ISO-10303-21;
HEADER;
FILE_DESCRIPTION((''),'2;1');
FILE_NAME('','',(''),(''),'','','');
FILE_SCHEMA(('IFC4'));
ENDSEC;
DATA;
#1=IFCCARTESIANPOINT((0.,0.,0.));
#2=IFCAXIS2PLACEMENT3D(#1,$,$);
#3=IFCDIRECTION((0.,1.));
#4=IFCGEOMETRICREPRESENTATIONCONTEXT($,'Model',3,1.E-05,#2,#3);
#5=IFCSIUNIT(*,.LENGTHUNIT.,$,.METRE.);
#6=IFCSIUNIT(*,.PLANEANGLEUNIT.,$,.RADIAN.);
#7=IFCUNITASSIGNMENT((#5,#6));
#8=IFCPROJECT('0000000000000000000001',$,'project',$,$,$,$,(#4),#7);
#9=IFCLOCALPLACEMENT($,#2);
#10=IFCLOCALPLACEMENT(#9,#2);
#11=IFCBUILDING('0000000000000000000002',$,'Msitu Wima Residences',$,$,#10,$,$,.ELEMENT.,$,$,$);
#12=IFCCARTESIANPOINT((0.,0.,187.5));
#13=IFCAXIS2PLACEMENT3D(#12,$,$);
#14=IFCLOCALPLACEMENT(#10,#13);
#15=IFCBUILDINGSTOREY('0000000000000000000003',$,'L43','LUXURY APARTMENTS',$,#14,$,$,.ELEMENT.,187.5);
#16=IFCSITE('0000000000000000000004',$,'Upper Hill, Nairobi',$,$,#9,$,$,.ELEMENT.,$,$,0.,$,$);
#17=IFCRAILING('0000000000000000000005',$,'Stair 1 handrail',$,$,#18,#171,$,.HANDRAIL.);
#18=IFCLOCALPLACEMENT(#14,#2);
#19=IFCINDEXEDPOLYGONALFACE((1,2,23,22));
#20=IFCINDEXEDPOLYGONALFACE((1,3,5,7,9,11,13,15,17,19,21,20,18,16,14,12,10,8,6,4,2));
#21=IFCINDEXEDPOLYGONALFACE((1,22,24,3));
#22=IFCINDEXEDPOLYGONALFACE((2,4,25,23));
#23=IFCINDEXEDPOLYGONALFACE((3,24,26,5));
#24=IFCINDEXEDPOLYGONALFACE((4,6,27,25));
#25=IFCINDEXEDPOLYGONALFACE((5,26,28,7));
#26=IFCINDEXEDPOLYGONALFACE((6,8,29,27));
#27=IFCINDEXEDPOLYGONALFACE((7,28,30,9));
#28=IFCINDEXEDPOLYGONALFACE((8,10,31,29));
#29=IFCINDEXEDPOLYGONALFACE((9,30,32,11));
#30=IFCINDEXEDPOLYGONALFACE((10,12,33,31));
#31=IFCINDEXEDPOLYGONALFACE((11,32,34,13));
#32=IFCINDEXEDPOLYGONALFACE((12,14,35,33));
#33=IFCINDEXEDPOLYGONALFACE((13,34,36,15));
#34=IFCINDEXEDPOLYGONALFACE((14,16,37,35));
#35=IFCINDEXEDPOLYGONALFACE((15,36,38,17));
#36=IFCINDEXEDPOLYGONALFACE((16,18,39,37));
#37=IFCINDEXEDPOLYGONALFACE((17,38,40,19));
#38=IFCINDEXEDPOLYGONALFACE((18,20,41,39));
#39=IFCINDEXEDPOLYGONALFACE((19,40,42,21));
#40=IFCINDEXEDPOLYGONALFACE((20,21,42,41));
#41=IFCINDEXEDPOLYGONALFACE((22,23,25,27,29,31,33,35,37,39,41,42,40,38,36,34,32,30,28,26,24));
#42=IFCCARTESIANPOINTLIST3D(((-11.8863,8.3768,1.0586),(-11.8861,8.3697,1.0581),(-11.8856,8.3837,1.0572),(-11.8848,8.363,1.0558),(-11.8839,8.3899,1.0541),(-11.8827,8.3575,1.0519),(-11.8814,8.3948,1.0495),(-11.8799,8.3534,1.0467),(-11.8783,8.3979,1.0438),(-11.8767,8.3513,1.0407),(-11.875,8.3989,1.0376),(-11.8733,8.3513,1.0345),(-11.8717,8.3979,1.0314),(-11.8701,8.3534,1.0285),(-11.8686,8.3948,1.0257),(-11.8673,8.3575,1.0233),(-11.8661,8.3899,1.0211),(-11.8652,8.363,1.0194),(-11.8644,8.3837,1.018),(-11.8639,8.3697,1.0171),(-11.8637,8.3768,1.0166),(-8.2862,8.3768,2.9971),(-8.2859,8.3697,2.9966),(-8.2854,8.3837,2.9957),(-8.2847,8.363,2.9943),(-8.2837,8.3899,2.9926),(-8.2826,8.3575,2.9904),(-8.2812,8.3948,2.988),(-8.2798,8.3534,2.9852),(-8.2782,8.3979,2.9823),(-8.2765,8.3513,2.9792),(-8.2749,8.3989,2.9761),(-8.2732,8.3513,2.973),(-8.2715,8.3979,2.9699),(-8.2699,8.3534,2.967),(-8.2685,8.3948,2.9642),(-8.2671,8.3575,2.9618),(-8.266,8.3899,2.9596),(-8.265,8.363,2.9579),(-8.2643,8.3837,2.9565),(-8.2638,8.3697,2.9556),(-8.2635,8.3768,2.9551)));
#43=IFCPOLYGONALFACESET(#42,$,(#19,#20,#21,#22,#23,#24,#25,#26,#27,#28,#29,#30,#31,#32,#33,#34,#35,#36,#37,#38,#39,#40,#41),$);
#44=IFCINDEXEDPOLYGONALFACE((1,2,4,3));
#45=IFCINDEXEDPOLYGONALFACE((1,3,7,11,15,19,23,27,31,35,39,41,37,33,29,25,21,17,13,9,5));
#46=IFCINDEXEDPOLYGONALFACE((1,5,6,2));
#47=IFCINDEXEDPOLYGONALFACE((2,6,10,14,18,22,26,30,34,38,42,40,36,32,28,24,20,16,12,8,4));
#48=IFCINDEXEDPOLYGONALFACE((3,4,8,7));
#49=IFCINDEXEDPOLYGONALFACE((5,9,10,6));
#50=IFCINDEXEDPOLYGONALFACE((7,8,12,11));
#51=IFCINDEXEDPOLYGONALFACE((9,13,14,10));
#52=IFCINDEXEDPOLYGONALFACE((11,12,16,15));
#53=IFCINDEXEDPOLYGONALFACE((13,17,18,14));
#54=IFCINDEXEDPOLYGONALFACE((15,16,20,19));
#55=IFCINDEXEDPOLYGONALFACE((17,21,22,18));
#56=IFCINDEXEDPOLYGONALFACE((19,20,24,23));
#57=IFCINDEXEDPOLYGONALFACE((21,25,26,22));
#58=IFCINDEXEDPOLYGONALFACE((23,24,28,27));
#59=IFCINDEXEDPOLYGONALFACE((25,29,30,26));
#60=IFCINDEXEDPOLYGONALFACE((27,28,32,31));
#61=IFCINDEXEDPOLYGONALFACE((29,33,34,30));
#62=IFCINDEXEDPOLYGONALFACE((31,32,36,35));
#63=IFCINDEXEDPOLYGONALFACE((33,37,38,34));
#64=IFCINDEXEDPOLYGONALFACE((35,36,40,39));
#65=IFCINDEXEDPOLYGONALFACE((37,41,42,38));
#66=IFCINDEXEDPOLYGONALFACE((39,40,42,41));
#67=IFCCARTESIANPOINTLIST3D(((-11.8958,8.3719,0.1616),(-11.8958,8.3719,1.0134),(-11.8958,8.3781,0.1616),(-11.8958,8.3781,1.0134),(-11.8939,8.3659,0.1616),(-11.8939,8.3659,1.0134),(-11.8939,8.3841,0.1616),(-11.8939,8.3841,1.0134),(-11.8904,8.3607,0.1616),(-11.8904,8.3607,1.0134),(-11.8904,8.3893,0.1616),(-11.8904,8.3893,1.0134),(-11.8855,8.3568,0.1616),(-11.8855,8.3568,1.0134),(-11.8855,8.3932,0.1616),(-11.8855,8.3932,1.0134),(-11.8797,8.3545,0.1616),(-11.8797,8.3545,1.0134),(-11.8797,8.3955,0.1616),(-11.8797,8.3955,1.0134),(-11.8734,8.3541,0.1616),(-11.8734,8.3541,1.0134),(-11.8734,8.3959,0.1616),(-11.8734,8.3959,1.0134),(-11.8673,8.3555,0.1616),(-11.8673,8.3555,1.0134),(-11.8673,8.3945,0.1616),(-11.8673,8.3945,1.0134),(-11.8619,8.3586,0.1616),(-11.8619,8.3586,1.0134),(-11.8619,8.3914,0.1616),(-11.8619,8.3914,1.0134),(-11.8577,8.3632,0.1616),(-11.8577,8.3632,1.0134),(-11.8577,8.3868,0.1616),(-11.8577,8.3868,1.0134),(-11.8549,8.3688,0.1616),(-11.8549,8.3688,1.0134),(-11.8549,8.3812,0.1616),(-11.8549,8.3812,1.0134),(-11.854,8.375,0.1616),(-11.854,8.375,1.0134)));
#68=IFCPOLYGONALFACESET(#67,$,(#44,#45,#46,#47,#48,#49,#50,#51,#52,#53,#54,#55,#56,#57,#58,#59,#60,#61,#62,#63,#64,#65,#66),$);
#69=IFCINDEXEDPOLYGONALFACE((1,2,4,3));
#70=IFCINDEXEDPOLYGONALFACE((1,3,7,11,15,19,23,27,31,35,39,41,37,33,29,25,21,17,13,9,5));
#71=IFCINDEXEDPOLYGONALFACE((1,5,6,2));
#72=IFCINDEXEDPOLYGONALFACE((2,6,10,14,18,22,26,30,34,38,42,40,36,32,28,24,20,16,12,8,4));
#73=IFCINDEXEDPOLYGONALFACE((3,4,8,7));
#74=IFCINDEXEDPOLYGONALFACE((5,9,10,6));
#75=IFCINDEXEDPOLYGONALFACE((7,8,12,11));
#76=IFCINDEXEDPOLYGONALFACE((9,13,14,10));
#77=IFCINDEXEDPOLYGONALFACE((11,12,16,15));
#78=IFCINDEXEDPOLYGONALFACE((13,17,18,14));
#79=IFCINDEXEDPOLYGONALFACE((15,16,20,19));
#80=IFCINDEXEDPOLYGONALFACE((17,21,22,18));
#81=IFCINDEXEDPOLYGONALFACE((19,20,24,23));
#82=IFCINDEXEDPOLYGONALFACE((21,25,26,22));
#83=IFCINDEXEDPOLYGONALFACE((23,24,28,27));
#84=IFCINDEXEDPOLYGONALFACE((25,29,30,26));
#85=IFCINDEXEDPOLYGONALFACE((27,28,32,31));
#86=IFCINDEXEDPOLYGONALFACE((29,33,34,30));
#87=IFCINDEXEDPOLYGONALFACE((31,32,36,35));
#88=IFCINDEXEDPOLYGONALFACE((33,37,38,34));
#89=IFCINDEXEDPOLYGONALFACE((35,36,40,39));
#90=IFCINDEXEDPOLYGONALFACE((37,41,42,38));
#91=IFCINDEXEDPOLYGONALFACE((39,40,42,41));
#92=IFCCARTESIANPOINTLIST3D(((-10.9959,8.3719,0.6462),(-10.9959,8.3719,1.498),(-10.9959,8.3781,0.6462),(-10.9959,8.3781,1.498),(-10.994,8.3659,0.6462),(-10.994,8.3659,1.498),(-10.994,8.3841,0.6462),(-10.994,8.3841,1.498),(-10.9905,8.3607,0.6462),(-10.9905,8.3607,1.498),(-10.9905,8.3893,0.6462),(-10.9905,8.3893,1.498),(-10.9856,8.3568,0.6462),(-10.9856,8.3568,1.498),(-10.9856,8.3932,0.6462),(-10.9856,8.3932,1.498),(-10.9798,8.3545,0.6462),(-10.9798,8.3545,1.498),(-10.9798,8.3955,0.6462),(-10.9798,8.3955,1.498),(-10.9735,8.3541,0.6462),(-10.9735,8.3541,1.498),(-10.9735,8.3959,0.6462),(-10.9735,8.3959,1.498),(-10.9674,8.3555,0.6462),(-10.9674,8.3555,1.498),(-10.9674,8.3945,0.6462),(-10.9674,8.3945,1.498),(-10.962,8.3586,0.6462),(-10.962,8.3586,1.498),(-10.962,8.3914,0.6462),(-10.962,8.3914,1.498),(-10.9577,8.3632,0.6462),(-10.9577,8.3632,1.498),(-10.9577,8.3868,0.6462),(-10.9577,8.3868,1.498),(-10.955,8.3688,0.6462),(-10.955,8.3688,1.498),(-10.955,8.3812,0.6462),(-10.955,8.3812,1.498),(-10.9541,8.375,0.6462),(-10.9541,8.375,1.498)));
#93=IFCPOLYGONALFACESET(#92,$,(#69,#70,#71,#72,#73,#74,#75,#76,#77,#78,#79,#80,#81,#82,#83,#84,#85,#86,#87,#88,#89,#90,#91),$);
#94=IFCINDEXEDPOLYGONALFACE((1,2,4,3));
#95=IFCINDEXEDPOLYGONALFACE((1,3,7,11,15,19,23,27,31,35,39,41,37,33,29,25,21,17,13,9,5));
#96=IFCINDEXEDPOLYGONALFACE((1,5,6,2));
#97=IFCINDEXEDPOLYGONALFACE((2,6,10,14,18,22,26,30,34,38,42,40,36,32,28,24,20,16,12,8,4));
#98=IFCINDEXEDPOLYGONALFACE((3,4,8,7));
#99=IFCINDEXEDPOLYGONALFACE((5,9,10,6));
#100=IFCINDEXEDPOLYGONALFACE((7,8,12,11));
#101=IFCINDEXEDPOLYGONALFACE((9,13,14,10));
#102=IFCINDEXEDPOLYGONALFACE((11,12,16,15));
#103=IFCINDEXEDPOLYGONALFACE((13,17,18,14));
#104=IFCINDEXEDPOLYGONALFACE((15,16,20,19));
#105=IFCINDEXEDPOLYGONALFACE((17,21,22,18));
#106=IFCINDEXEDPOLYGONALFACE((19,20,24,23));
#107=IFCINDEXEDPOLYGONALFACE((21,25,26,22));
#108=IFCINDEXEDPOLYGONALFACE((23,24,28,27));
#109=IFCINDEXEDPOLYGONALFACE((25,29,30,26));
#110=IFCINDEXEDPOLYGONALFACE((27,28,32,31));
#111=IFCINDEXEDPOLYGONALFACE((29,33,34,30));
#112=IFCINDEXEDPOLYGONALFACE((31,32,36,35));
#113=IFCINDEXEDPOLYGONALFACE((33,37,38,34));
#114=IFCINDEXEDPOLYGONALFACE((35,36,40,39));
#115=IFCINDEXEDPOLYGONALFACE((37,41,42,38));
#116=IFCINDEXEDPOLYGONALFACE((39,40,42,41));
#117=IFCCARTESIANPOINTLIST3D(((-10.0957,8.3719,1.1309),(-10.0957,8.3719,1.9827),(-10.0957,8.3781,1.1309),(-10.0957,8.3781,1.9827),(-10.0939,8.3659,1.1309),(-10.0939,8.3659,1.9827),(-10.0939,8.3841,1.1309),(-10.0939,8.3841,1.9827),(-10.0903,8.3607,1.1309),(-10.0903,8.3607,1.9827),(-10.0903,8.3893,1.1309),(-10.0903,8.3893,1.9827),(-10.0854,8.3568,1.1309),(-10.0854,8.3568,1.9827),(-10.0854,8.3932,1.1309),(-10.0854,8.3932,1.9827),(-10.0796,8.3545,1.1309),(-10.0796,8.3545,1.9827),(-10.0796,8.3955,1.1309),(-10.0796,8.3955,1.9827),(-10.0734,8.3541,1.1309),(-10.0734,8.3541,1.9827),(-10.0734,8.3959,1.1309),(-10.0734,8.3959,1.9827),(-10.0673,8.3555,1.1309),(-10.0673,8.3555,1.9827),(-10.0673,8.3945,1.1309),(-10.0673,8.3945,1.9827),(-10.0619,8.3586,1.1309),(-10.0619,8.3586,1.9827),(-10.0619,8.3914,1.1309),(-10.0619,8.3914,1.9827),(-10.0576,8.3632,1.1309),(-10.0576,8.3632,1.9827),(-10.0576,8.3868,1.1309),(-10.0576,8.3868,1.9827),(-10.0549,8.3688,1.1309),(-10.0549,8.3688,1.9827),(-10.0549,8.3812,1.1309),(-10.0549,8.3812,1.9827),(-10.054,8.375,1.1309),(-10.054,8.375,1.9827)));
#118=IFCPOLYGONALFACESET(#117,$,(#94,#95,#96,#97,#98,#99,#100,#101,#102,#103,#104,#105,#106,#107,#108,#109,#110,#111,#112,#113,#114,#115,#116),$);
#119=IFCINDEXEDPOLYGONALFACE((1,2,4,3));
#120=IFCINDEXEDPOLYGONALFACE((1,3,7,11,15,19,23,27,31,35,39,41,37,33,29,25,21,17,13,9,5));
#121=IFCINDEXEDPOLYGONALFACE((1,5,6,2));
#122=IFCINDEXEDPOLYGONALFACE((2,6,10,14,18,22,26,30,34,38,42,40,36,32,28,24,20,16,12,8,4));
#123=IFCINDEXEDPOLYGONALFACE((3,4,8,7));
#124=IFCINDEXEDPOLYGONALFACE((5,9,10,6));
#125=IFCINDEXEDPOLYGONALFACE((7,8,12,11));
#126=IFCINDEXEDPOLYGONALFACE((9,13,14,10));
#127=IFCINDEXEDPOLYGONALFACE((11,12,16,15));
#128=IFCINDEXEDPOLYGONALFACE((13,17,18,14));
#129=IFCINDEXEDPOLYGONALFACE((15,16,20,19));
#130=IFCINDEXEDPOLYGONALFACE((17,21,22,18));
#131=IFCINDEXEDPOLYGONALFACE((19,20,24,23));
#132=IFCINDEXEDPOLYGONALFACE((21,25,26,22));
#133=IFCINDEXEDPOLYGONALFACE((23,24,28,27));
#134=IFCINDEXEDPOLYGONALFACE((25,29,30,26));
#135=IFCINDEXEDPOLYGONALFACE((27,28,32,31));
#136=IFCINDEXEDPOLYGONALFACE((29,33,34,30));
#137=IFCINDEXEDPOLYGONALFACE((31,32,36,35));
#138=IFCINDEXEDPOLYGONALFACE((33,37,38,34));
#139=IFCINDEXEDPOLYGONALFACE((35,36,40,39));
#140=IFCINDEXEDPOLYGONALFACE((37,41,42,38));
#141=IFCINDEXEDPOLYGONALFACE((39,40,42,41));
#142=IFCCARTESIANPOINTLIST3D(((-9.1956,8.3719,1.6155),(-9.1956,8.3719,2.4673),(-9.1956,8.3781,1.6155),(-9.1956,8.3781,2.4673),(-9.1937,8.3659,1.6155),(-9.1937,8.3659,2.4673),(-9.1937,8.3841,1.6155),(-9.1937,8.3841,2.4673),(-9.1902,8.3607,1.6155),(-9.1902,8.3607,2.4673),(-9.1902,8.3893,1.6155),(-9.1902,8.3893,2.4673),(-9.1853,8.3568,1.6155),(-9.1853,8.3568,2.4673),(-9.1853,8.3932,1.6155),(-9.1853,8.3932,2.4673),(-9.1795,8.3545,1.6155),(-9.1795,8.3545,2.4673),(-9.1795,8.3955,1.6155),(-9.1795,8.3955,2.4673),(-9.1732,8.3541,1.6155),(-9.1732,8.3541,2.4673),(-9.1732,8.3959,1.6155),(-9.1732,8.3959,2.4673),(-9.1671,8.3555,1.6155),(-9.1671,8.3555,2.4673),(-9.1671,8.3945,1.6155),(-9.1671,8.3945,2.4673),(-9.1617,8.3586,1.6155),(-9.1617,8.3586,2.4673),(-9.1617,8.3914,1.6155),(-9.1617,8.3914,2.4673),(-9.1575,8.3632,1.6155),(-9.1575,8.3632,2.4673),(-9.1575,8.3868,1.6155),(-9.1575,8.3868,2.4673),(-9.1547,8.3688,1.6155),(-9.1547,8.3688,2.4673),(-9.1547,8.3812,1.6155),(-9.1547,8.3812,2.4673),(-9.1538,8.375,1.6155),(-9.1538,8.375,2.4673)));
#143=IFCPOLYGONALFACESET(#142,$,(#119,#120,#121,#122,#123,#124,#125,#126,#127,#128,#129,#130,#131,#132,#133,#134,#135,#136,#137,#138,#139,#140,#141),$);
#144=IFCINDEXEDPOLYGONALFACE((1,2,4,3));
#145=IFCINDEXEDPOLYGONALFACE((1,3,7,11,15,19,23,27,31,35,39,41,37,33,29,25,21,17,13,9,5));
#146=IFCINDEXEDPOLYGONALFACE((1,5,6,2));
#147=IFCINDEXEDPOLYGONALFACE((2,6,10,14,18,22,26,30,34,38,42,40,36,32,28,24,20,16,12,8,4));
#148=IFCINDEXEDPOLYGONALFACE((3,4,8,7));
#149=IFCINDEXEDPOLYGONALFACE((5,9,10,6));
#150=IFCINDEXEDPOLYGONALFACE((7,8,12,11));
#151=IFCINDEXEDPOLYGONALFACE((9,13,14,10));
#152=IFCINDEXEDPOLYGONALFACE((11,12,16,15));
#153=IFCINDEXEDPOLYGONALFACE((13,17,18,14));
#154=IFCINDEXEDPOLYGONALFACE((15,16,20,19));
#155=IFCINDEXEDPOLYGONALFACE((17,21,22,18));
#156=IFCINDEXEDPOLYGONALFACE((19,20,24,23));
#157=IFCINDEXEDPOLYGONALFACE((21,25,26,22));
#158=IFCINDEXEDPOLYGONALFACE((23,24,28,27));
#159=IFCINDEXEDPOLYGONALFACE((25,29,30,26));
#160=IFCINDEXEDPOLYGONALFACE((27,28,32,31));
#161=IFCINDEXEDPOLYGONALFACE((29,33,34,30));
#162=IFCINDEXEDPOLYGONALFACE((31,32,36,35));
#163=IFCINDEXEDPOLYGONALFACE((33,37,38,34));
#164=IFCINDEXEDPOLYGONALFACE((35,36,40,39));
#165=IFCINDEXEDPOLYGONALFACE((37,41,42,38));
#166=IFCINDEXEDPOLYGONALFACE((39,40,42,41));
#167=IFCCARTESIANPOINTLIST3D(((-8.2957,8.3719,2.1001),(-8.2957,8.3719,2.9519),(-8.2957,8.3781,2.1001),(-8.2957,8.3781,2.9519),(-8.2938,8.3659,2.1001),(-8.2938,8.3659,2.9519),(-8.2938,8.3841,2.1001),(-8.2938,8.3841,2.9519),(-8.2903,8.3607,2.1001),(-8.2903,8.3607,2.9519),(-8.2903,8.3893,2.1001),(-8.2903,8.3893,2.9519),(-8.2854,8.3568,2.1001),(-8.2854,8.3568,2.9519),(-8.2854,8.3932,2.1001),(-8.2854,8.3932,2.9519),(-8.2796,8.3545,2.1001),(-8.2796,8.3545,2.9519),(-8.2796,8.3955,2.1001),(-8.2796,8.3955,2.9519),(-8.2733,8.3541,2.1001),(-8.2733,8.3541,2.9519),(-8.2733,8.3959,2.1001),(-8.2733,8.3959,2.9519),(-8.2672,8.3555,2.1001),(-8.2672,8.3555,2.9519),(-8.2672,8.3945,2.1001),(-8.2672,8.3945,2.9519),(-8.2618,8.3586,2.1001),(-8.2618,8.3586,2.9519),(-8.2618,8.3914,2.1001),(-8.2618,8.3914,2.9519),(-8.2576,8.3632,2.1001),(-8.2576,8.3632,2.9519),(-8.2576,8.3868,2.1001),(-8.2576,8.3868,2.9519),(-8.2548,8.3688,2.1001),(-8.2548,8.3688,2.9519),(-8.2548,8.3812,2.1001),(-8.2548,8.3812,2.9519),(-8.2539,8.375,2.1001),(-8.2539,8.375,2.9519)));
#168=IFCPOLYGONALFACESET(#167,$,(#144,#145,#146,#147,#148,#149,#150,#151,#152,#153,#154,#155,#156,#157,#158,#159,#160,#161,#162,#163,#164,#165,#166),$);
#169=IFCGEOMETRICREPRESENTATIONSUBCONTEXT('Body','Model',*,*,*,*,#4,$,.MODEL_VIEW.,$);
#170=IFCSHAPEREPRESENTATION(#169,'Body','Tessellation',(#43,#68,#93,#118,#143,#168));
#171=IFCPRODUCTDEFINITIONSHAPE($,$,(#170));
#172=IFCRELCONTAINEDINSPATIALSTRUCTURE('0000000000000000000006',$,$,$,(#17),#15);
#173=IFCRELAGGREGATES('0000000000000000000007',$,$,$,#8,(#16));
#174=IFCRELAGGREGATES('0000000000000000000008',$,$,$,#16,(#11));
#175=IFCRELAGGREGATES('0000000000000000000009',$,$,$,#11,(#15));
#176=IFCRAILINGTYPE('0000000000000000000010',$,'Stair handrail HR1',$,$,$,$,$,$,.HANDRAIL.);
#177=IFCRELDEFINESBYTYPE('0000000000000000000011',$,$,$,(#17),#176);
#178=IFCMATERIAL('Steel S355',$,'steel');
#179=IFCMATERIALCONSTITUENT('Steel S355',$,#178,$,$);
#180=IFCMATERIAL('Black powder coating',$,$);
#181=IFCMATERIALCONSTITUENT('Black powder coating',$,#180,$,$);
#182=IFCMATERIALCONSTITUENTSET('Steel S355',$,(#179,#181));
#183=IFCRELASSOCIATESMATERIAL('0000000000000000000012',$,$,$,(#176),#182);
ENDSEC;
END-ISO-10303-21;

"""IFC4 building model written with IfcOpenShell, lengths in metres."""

from ifc_helpers import new_model, si_unit, direction, frame, origin, origin_2d, place, context, subcontext, project, spatial, circle, extrude, material, constituent, constituent_set, type_object, element, save


model = new_model("IFC4")

# Units and contexts
model_context = context("Model", 3, precision=1e-05, world=origin(), true_north=direction((0.0, 1.0)))
body_context = subcontext(model_context, "Body", "Model", "MODEL_VIEW")
ifc_project = project(units=[si_unit("LENGTHUNIT", "METRE"), si_unit("PLANEANGLEUNIT", "RADIAN")], contexts=[model_context])

# Site, building, storey
site_placement = place(None, origin())
site = spatial("IfcSite", under=ifc_project, at=site_placement, Name="Upper Hill, Nairobi", CompositionType="ELEMENT", RefElevation=0.0)
building_placement = place(site_placement, origin())
building = spatial("IfcBuilding", under=site, at=building_placement, Name="Msitu Wima Residences", CompositionType="ELEMENT")
storey_placement = place(building_placement, frame((0.0, 0.0, 187.5)))
storey = spatial("IfcBuildingStorey", under=building, at=storey_placement, Name="L43", Description="LUXURY APARTMENTS", CompositionType="ELEMENT", Elevation=187.5)

# Railing
ifc_material_1 = material(Name="Steel S355", Category="steel")
ifc_constituent_1 = constituent(ifc_material_1, Name="Steel S355")
ifc_material_2 = material(Name="Black powder coating")
ifc_constituent_2 = constituent(ifc_material_2, Name="Black powder coating")
ifc_constituent_set = constituent_set(constituents=[ifc_constituent_1, ifc_constituent_2], Name="Steel S355")
railing_type = type_object("IfcRailingType", Name="Stair handrail HR1", PredefinedType="HANDRAIL", material=ifc_constituent_set)
for number, where, name in (
    (1, (-11.875, 8.375, 0.1616), "Stair 1 handrail"),
):
    element("IfcRailing", number, at=place(storey_placement, frame(where)), inside=storey, type_object=railing_type, Name=name, PredefinedType="HANDRAIL", context=body_context, shape_type="SweptSolid", body=[
        extrude(circle(Radius=0.0239, at=origin_2d()), frame((0.0, 0.0, 0.876), z_axis=(0.880475, 0.0, 0.474093), x_axis=(0.0, 1.0, 0.0)), (0.0, 0.0, 1.0), 4.0889),
        extrude(circle(Radius=0.021, at=origin_2d()), origin(), (0.0, 0.0, 1.0), 0.8518),
        extrude(circle(Radius=0.021, at=origin_2d()), frame((0.8999, 0.0, 0.4846)), (0.0, 0.0, 1.0), 0.8518),
        extrude(circle(Radius=0.021, at=origin_2d()), frame((1.8, 0.0, 0.9692)), (0.0, 0.0, 1.0), 0.8518),
        extrude(circle(Radius=0.021, at=origin_2d()), frame((2.7002, 0.0, 1.4539)), (0.0, 0.0, 1.0), 0.8518),
        extrude(circle(Radius=0.021, at=origin_2d()), frame((3.6001, 0.0, 1.9385)), (0.0, 0.0, 1.0), 0.8518),
    ])

save(model, "model.ifc")
